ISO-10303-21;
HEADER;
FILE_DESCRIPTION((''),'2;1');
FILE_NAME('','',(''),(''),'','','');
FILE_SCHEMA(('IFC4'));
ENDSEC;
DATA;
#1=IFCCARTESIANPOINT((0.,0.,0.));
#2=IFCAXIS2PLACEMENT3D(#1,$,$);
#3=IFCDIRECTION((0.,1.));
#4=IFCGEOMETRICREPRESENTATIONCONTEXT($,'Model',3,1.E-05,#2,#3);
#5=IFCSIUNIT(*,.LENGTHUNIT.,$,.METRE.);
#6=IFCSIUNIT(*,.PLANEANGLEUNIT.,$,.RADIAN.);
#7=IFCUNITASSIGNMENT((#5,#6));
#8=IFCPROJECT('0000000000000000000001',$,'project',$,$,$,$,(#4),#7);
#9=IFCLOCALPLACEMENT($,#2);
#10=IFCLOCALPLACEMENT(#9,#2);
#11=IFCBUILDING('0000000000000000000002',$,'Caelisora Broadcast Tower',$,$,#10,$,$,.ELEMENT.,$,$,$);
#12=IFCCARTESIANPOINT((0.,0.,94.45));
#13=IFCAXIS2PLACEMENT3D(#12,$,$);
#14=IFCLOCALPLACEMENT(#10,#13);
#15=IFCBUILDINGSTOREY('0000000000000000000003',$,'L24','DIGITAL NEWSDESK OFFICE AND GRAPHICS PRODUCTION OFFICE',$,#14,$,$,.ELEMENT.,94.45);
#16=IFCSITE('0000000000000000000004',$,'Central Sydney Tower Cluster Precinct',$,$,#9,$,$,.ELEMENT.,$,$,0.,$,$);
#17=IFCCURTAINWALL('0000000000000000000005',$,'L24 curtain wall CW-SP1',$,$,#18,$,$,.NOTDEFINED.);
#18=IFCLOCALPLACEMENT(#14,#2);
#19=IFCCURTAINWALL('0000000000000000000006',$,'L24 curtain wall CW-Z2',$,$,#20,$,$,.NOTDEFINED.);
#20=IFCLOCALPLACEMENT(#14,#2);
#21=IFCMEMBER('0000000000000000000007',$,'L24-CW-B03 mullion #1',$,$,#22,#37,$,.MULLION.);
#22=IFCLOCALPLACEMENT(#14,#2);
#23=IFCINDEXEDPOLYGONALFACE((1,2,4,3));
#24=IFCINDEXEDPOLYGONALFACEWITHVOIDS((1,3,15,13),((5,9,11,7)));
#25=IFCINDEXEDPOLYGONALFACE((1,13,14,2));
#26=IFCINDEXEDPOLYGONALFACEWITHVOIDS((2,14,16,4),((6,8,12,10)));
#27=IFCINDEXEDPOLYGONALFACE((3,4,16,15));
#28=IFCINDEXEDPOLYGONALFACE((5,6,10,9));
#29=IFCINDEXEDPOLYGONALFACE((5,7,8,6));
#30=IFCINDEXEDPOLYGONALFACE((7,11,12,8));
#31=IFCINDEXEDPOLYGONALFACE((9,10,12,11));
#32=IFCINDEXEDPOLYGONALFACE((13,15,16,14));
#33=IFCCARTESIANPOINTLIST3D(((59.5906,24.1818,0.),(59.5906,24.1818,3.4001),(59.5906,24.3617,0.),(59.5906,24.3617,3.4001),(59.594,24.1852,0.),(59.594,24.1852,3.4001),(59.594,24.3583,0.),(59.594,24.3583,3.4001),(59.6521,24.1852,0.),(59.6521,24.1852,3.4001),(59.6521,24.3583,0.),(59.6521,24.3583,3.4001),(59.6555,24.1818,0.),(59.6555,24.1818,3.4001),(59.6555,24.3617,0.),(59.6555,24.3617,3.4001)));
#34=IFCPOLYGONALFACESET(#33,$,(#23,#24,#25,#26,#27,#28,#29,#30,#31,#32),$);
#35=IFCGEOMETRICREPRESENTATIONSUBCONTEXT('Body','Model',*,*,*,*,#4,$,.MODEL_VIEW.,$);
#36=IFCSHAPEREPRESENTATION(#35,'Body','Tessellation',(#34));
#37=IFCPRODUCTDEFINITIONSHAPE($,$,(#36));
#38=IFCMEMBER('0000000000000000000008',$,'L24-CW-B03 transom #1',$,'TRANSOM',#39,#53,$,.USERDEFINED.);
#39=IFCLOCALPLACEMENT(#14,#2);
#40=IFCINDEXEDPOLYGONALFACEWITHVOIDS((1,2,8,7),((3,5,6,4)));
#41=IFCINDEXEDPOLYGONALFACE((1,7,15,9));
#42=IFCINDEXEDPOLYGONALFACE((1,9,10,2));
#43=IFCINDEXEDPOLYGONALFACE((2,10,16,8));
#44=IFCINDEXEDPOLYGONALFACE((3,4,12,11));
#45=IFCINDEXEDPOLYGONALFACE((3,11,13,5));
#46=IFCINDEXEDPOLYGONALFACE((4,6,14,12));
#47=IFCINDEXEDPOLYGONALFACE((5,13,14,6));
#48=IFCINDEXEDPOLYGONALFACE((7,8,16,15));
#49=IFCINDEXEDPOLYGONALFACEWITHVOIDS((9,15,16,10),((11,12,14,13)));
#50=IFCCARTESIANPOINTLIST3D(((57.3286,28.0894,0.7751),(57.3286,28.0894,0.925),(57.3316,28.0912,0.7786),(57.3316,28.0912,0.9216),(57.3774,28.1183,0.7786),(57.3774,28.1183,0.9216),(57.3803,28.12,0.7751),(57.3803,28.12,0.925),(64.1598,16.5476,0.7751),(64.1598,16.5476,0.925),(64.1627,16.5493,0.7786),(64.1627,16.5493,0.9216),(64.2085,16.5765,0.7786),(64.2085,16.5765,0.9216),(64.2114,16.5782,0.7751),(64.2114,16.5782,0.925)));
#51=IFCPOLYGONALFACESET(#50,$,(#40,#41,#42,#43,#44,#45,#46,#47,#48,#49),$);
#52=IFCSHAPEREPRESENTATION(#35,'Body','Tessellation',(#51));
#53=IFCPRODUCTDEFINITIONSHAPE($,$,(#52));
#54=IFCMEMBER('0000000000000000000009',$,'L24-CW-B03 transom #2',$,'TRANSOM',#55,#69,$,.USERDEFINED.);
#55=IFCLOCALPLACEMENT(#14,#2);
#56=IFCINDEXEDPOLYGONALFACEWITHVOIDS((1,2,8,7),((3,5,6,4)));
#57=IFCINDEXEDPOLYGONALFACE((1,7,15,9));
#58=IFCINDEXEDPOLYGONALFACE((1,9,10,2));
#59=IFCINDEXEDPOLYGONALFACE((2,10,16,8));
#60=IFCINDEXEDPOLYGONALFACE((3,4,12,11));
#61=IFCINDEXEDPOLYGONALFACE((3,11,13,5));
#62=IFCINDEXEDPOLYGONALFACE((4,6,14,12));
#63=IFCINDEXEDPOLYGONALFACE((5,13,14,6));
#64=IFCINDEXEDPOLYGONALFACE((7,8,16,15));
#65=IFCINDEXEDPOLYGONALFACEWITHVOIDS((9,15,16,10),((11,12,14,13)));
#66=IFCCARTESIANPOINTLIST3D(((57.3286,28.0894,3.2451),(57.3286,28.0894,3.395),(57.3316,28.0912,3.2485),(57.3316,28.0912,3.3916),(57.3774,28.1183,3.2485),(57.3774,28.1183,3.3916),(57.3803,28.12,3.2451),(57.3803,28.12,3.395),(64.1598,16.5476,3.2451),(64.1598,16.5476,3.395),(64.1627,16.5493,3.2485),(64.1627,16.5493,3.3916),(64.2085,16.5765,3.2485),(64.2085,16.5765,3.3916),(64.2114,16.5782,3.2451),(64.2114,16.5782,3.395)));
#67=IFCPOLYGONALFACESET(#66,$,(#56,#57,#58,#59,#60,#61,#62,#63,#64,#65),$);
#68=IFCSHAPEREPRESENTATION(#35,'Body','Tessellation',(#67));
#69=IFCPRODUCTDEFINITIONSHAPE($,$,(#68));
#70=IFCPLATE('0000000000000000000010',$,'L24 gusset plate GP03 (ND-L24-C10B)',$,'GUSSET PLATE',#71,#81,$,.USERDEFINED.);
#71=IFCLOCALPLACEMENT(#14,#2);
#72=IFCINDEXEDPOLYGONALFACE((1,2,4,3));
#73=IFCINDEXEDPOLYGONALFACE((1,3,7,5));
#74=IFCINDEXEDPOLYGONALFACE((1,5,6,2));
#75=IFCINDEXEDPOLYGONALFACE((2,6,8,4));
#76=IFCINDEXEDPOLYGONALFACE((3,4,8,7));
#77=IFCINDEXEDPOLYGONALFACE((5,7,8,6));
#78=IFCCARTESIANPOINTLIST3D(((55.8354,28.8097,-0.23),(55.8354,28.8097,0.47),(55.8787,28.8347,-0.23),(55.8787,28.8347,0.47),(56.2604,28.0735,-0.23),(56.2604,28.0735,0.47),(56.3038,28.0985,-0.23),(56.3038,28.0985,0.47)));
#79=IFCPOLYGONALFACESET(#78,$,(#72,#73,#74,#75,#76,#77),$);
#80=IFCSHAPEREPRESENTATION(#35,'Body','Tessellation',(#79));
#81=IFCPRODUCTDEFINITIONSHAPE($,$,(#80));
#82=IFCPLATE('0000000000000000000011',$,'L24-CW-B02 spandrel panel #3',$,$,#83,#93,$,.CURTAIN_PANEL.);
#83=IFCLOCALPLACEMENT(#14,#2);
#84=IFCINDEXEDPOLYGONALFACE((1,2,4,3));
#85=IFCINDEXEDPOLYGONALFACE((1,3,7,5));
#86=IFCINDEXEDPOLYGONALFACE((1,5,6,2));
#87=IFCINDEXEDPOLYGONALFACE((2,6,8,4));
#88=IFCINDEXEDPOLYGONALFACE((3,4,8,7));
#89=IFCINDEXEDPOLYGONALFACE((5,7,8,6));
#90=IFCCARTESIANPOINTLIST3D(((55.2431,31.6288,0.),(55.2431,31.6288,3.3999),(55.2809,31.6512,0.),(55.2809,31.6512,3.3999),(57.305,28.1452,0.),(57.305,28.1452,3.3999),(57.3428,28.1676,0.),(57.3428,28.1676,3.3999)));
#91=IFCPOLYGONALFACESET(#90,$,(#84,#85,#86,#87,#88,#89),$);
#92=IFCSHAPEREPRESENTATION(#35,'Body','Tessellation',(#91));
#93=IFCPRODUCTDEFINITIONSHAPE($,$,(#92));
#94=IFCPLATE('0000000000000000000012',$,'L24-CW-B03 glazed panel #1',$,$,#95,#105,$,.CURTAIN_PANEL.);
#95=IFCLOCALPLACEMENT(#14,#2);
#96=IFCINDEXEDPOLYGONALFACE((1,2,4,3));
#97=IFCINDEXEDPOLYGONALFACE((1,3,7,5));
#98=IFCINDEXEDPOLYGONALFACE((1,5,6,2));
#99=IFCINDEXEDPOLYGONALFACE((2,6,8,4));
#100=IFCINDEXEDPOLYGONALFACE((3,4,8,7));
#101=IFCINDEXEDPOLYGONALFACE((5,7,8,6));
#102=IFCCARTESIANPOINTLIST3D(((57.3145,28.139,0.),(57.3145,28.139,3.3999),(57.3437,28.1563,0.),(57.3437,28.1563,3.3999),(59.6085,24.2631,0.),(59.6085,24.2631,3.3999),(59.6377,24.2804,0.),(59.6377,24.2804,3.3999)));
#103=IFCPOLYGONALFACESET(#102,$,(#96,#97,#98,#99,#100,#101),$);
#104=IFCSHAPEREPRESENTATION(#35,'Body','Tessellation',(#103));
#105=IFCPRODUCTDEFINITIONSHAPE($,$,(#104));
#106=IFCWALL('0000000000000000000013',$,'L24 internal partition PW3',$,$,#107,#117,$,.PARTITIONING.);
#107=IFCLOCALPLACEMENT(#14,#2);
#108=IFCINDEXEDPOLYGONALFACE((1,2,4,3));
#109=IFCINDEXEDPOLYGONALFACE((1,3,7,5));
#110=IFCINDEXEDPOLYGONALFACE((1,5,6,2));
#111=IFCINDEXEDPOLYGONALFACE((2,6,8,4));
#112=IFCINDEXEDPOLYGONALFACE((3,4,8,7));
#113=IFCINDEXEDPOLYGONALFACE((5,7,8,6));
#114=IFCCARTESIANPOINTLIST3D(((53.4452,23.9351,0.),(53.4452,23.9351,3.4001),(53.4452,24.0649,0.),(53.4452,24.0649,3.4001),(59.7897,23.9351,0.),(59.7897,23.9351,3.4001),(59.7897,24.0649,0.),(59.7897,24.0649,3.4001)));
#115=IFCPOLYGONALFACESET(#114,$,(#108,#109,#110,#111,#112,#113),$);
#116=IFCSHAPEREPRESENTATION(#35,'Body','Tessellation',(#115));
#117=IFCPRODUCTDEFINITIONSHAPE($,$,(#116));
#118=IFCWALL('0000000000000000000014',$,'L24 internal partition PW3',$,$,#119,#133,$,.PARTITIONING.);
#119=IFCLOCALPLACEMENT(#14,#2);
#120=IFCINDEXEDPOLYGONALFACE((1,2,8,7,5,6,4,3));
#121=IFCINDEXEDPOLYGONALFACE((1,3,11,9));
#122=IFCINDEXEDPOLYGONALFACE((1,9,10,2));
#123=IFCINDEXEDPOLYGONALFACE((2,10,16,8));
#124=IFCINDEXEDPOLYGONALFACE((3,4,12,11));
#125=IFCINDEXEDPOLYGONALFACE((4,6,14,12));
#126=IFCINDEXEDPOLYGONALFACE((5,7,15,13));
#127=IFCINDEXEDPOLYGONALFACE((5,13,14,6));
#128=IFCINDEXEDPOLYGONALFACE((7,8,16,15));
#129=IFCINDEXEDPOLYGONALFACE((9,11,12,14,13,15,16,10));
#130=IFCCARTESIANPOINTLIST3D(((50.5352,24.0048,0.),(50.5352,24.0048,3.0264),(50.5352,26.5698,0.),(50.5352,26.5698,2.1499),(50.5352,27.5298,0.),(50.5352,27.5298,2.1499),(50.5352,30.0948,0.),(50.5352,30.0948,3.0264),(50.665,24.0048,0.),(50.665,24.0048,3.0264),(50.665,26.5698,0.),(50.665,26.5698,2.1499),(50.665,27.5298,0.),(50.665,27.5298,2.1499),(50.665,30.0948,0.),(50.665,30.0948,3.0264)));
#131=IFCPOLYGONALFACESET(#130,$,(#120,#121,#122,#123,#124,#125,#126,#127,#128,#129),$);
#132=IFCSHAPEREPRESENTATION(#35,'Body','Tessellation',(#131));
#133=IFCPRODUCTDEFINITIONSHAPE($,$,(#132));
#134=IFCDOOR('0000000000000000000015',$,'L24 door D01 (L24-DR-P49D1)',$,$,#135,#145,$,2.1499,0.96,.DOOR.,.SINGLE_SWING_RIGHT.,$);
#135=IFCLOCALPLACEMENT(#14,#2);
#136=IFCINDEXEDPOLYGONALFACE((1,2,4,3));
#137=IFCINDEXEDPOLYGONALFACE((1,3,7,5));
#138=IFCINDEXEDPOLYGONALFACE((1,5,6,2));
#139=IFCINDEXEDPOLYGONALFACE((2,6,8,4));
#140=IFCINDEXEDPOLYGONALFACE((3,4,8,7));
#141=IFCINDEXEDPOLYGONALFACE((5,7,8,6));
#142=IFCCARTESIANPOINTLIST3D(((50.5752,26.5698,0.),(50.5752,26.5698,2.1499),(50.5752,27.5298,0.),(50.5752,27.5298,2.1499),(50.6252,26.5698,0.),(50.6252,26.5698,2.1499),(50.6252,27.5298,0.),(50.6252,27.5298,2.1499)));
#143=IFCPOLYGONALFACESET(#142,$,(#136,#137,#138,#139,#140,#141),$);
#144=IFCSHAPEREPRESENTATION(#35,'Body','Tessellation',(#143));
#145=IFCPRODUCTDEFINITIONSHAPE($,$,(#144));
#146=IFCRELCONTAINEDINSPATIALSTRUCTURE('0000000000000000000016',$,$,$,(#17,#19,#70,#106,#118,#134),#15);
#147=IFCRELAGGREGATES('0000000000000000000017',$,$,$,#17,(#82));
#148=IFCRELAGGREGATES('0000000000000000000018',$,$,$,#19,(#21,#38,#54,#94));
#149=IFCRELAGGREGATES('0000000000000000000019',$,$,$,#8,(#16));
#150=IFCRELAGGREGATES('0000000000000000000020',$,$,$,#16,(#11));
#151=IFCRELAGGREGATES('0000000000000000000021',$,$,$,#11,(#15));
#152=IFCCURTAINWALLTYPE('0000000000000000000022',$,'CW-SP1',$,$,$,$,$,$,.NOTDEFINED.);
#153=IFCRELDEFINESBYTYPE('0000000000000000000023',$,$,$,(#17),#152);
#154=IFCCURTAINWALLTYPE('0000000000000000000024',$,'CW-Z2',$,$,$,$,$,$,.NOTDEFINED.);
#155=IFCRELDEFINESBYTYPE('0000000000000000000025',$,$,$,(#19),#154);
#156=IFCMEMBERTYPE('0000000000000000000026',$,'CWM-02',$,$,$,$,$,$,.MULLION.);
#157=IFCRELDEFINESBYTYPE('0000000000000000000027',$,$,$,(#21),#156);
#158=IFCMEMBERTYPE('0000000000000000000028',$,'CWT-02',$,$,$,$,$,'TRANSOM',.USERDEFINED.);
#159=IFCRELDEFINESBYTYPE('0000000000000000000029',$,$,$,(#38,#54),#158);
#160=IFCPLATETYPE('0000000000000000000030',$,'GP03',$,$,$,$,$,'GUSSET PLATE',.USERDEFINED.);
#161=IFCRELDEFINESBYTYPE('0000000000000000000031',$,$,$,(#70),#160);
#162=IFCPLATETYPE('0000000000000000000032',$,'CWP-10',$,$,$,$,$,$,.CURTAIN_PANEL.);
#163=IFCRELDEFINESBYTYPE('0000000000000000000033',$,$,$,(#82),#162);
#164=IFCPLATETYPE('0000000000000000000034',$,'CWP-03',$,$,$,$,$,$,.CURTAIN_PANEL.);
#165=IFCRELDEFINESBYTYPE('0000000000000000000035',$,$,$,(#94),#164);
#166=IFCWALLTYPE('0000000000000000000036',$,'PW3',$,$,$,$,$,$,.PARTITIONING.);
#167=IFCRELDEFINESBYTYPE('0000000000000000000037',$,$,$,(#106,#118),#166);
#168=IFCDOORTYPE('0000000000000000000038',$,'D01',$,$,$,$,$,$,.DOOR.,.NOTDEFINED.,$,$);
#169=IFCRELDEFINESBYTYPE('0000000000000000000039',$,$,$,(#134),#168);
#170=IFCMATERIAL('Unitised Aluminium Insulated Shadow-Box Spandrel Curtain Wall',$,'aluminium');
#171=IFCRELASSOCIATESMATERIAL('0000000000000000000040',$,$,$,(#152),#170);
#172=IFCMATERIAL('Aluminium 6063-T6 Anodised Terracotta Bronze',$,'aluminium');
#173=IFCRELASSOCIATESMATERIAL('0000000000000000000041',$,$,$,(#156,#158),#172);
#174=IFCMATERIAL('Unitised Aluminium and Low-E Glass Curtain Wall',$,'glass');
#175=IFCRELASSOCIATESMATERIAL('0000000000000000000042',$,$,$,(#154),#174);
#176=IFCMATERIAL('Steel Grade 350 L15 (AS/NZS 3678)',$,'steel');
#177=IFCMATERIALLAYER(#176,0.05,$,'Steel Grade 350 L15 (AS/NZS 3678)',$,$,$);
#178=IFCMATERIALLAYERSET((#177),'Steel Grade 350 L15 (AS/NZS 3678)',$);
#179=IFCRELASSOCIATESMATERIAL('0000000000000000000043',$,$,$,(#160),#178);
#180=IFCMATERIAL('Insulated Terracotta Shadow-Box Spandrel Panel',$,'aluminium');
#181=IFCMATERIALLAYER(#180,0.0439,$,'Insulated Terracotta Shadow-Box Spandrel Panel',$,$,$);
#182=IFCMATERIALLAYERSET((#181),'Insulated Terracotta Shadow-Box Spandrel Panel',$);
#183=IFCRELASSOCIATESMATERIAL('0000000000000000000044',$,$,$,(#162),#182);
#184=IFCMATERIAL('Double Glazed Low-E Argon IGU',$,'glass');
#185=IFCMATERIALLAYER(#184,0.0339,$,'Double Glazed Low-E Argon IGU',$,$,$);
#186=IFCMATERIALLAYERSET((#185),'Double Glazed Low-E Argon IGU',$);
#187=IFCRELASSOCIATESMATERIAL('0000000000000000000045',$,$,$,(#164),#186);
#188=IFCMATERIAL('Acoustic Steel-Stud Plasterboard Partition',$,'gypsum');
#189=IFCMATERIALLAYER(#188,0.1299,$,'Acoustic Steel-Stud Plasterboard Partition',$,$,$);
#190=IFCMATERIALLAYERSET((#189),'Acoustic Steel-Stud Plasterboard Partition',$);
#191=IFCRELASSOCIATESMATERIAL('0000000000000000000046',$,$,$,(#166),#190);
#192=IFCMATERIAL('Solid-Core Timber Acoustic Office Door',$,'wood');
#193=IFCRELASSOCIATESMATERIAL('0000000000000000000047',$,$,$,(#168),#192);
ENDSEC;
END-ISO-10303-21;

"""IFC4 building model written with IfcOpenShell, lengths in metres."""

from ifc_helpers import new_model, si_unit, direction, frame, frame_2d, origin, origin_2d, place, context, subcontext, project, spatial, rectangle, hollow_rectangle, extrude, source, transform, mapped, material, layer, layer_set, material_profile, profile_set, type_object, type_shapes, element, fill, aggregate, save


model = new_model("IFC4")

# Units and contexts
model_context = context("Model", 3, precision=1e-05, world=origin(), true_north=direction((0.0, 1.0)))
body_context = subcontext(model_context, "Body", "Model", "MODEL_VIEW")
ifc_project = project(units=[si_unit("LENGTHUNIT", "METRE"), si_unit("PLANEANGLEUNIT", "RADIAN")], contexts=[model_context])

# Site, building, storey
site_placement = place(None, origin())
site = spatial("IfcSite", under=ifc_project, at=site_placement, Name="Central Sydney Tower Cluster Precinct", CompositionType="ELEMENT", RefElevation=0.0)
building_placement = place(site_placement, origin())
building = spatial("IfcBuilding", under=site, at=building_placement, Name="Caelisora Broadcast Tower", CompositionType="ELEMENT")
storey_placement = place(building_placement, frame((0.0, 0.0, 94.45)))
storey = spatial("IfcBuildingStorey", under=building, at=storey_placement, Name="L24", Description="DIGITAL NEWSDESK OFFICE AND GRAPHICS PRODUCTION OFFICE", CompositionType="ELEMENT", Elevation=94.45)

# Shared definitions
ifc_material_1 = material(Name="Steel Grade 350 L15 (AS/NZS 3678)", Category="steel")

# Curtain wall
ifc_material_2 = material(Name="Unitised Aluminium Insulated Shadow-Box Spandrel Curtain Wall", Category="aluminium")
curtain_wall_type_1 = type_object("IfcCurtainWallType", Name="CW-SP1", PredefinedType="NOTDEFINED", material=ifc_material_2)
curtain_wall_1_placement = place(storey_placement, origin())
curtain_wall_1 = element("IfcCurtainWall", 1, at=curtain_wall_1_placement, inside=storey, type_object=curtain_wall_type_1, Name="L24 curtain wall CW-SP1", PredefinedType="NOTDEFINED")
ifc_material_3 = material(Name="Aluminium 6063-T6 Anodised Terracotta Bronze", Category="aluminium")
ifc_material_profile_1 = material_profile(ifc_material_3, hollow_rectangle(XDim=0.0649, YDim=0.1799, WallThickness=0.0034, at=origin_2d()), Name="Aluminium 6063-T6 Anodised Terracotta Bronze")
ifc_profile_set_1 = profile_set([ifc_material_profile_1], Name="Aluminium 6063-T6 Anodised Terracotta Bronze")
member_type_1 = type_object("IfcMemberType", Name="CWM-02", PredefinedType="MULLION", material=ifc_profile_set_1)
shared_shape_1 = source(origin(), body_context, "Body", "SweptSolid", [
    extrude(hollow_rectangle(XDim=0.0649, YDim=0.1799, WallThickness=0.0034, at=origin_2d()), origin(), (0.0, 0.0, 1.0), 3.4001),
])
type_shapes(member_type_1, [shared_shape_1])

# Curtain wall, members
ifc_material_4 = material(Name="Unitised Aluminium and Low-E Glass Curtain Wall", Category="glass")
curtain_wall_type_2 = type_object("IfcCurtainWallType", Name="CW-Z2", PredefinedType="NOTDEFINED", material=ifc_material_4)
curtain_wall_2_placement = place(storey_placement, origin())
curtain_wall_2 = element("IfcCurtainWall", 2, at=curtain_wall_2_placement, inside=storey, type_object=curtain_wall_type_2, Name="L24 curtain wall CW-Z2", PredefinedType="NOTDEFINED")
member_1_placement = place(storey_placement, frame((59.623, 24.2717, 0.0), z_axis=(0.0, 0.0, 1.0), x_axis=(1.0, 0.0, 0.0)))
member_1 = element("IfcMember", 3, at=member_1_placement, type_object=member_type_1, Name="L24-CW-B03 mullion #1", PredefinedType="MULLION", context=body_context, shape_type="MappedRepresentation", body=[
    mapped(shared_shape_1, transform((0.0, 0.0, 0.0), scale=1.0)),
])
ifc_material_profile_2 = material_profile(ifc_material_3, hollow_rectangle(XDim=0.0601, YDim=0.1499, WallThickness=0.0034, at=origin_2d()), Name="Aluminium 6063-T6 Anodised Terracotta Bronze")
ifc_profile_set_2 = profile_set([ifc_material_profile_2], Name="Aluminium 6063-T6 Anodised Terracotta Bronze")
member_type_2 = type_object("IfcMemberType", Name="CWT-02", ElementType="TRANSOM", PredefinedType="USERDEFINED", material=ifc_profile_set_2)
shared_shape_2 = source(origin(), body_context, "Body", "SweptSolid", [
    extrude(hollow_rectangle(XDim=0.0601, YDim=0.1499, WallThickness=0.0034, at=origin_2d()), origin(), (0.0, 0.0, 1.0), 13.4119),
])
type_shapes(member_type_2, [shared_shape_2])
member_2_placement = place(storey_placement, frame((57.3545, 28.1047, 0.8501), z_axis=(0.509333, -0.860569, 0.0), x_axis=(0.860569, 0.509333, 0.0)))
member_2 = element("IfcMember", 4, at=member_2_placement, type_object=member_type_2, Name="L24-CW-B03 transom #1", ObjectType="TRANSOM", PredefinedType="USERDEFINED", context=body_context, shape_type="MappedRepresentation", body=[
    mapped(shared_shape_2, transform((0.0, 0.0, 0.0), scale=1.0)),
])
member_3_placement = place(storey_placement, frame((57.3545, 28.1047, 3.3201), z_axis=(0.509333, -0.860569, 0.0), x_axis=(0.860569, 0.509333, 0.0)))
member_3 = element("IfcMember", 5, at=member_3_placement, type_object=member_type_2, Name="L24-CW-B03 transom #2", ObjectType="TRANSOM", PredefinedType="USERDEFINED", context=body_context, shape_type="MappedRepresentation", body=[
    mapped(shared_shape_2, transform((0.0, 0.0, 0.0), scale=1.0)),
])

# Plates
ifc_layer_1 = layer(ifc_material_1, 0.05, Name="Steel Grade 350 L15 (AS/NZS 3678)")
ifc_layer_set_1 = layer_set([ifc_layer_1], Name="Steel Grade 350 L15 (AS/NZS 3678)")
plate_type_1 = type_object("IfcPlateType", Name="GP03", ElementType="GUSSET PLATE", PredefinedType="USERDEFINED", material=ifc_layer_set_1)
shared_shape_3 = source(origin(), body_context, "Body", "SweptSolid", [
    extrude(rectangle(XDim=0.8501, YDim=0.05, at=origin_2d()), origin(), (0.0, 0.0, 1.0), 0.7),
])
type_shapes(plate_type_1, [shared_shape_3])
plate_1_placement = place(storey_placement, frame((56.0696, 28.4541, -0.23), z_axis=(0.0, 0.0, 1.0), x_axis=(-0.5, 0.866025, 0.0)))
element("IfcPlate", 6, at=plate_1_placement, inside=storey, type_object=plate_type_1, Name="L24 gusset plate GP03 (ND-L24-C10B)", ObjectType="GUSSET PLATE", PredefinedType="USERDEFINED", context=body_context, shape_type="MappedRepresentation", body=[
    mapped(shared_shape_3, transform((0.0, 0.0, 0.0), scale=1.0)),
])
ifc_material_5 = material(Name="Insulated Terracotta Shadow-Box Spandrel Panel", Category="aluminium")
ifc_layer_2 = layer(ifc_material_5, 0.0439, Name="Insulated Terracotta Shadow-Box Spandrel Panel")
ifc_layer_set_2 = layer_set([ifc_layer_2], Name="Insulated Terracotta Shadow-Box Spandrel Panel")
plate_type_2 = type_object("IfcPlateType", Name="CWP-10", PredefinedType="CURTAIN_PANEL", material=ifc_layer_set_2)
shared_shape_4 = source(origin(), body_context, "Body", "SweptSolid", [
    extrude(rectangle(XDim=4.0481, YDim=0.0439, at=origin_2d()), origin(), (0.0, 0.0, 1.0), 3.3999),
])
type_shapes(plate_type_2, [shared_shape_4])
plate_2_placement = place(storey_placement, frame((56.293, 29.8982, 0.0), z_axis=(0.0, 0.0, 1.0), x_axis=(0.509342, -0.860564, 0.0)))
plate_2 = element("IfcPlate", 7, at=plate_2_placement, type_object=plate_type_2, Name="L24-CW-B02 spandrel panel #3", PredefinedType="CURTAIN_PANEL", context=body_context, shape_type="MappedRepresentation", body=[
    mapped(shared_shape_4, transform((0.0, 0.0, 0.0), scale=1.0)),
])
aggregate(curtain_wall_1, [plate_2])
ifc_material_6 = material(Name="Double Glazed Low-E Argon IGU", Category="glass")
ifc_layer_3 = layer(ifc_material_6, 0.0339, Name="Double Glazed Low-E Argon IGU")
ifc_layer_set_3 = layer_set([ifc_layer_3], Name="Double Glazed Low-E Argon IGU")
plate_type_3 = type_object("IfcPlateType", Name="CWP-03", PredefinedType="CURTAIN_PANEL", material=ifc_layer_set_3)
shared_shape_5 = source(origin(), body_context, "Body", "SweptSolid", [
    extrude(rectangle(XDim=4.5039, YDim=0.0339, at=origin_2d()), origin(), (0.0, 0.0, 1.0), 3.3999),
])
type_shapes(plate_type_3, [shared_shape_5])
plate_3_placement = place(storey_placement, frame((58.4761, 26.2097, 0.0), z_axis=(0.0, 0.0, 1.0), x_axis=(0.509342, -0.860564, 0.0)))
plate_3 = element("IfcPlate", 8, at=plate_3_placement, type_object=plate_type_3, Name="L24-CW-B03 glazed panel #1", PredefinedType="CURTAIN_PANEL", context=body_context, shape_type="MappedRepresentation", body=[
    mapped(shared_shape_5, transform((0.0, 0.0, 0.0), scale=1.0)),
])
aggregate(curtain_wall_2, [member_1, member_2, member_3, plate_3])

# Wall
ifc_material_7 = material(Name="Acoustic Steel-Stud Plasterboard Partition", Category="gypsum")
ifc_layer_4 = layer(ifc_material_7, 0.1299, Name="Acoustic Steel-Stud Plasterboard Partition")
ifc_layer_set_4 = layer_set([ifc_layer_4], Name="Acoustic Steel-Stud Plasterboard Partition")
wall_type = type_object("IfcWallType", Name="PW3", PredefinedType="PARTITIONING", material=ifc_layer_set_4)
wall_1_placement = place(storey_placement, frame((53.4451, 24.0, 0.0), z_axis=(0.0, 0.0, 1.0), x_axis=(1.0, 0.0, 0.0)))
element("IfcWall", 9, at=wall_1_placement, inside=storey, type_object=wall_type, Name="L24 internal partition PW3", PredefinedType="PARTITIONING", context=body_context, shape_type="SweptSolid", body=[
    extrude(rectangle(XDim=6.3445, YDim=0.1299, at=frame_2d((3.1724, 0.0))), origin(), (0.0, 0.0, 1.0), 3.4001),
])

# Wall, opening, door
wall_2_placement = place(storey_placement, frame((50.6001, 24.0049, 0.0), z_axis=(0.0, 0.0, 1.0), x_axis=(0.0, 1.0, 0.0)))
wall_2 = element("IfcWall", 10, at=wall_2_placement, inside=storey, type_object=wall_type, Name="L24 internal partition PW3", PredefinedType="PARTITIONING", context=body_context, shape_type="SweptSolid", body=[
    extrude(rectangle(XDim=6.0901, YDim=0.1299, at=frame_2d((3.0449, 0.0))), origin(), (0.0, 0.0, 1.0), 3.0264),
])
opening_1_placement = place(wall_2_placement, frame((2.5649, 0.0, 0.0)))
opening_1 = element("IfcOpeningElement", 11, at=opening_1_placement, cuts=wall_2, PredefinedType="OPENING", context=body_context, shape_type="SweptSolid", body=[
    extrude(rectangle(XDim=0.96, YDim=2.1499, at=frame_2d((0.48, 1.075))), frame((0.0, 0.0769, 0.0), z_axis=(0.0, -1.0, 0.0), x_axis=(1.0, 0.0, 0.0)), (0.0, 0.0, 1.0), 0.1538),
])
ifc_material_8 = material(Name="Solid-Core Timber Acoustic Office Door", Category="wood")
door_type = type_object("IfcDoorType", Name="D01", OperationType="NOTDEFINED", PredefinedType="DOOR", material=ifc_material_8)
door_1_placement = place(opening_1_placement, origin())
door_1 = element("IfcDoor", 12, at=door_1_placement, inside=storey, type_object=door_type, Name="L24 door D01 (L24-DR-P49D1)", OperationType="SINGLE_SWING_RIGHT", OverallHeight=2.1499, OverallWidth=0.96, PredefinedType="DOOR", context=body_context, shape_type="SweptSolid", body=[
    extrude(rectangle(XDim=0.96, YDim=2.1499, at=frame_2d((0.48, 1.075))), frame((0.0, 0.0249, 0.0), z_axis=(0.0, -1.0, 0.0), x_axis=(1.0, 0.0, 0.0)), (0.0, 0.0, 1.0), 0.05),
])
fill(opening_1, door_1)

save(model, "model.ifc")
